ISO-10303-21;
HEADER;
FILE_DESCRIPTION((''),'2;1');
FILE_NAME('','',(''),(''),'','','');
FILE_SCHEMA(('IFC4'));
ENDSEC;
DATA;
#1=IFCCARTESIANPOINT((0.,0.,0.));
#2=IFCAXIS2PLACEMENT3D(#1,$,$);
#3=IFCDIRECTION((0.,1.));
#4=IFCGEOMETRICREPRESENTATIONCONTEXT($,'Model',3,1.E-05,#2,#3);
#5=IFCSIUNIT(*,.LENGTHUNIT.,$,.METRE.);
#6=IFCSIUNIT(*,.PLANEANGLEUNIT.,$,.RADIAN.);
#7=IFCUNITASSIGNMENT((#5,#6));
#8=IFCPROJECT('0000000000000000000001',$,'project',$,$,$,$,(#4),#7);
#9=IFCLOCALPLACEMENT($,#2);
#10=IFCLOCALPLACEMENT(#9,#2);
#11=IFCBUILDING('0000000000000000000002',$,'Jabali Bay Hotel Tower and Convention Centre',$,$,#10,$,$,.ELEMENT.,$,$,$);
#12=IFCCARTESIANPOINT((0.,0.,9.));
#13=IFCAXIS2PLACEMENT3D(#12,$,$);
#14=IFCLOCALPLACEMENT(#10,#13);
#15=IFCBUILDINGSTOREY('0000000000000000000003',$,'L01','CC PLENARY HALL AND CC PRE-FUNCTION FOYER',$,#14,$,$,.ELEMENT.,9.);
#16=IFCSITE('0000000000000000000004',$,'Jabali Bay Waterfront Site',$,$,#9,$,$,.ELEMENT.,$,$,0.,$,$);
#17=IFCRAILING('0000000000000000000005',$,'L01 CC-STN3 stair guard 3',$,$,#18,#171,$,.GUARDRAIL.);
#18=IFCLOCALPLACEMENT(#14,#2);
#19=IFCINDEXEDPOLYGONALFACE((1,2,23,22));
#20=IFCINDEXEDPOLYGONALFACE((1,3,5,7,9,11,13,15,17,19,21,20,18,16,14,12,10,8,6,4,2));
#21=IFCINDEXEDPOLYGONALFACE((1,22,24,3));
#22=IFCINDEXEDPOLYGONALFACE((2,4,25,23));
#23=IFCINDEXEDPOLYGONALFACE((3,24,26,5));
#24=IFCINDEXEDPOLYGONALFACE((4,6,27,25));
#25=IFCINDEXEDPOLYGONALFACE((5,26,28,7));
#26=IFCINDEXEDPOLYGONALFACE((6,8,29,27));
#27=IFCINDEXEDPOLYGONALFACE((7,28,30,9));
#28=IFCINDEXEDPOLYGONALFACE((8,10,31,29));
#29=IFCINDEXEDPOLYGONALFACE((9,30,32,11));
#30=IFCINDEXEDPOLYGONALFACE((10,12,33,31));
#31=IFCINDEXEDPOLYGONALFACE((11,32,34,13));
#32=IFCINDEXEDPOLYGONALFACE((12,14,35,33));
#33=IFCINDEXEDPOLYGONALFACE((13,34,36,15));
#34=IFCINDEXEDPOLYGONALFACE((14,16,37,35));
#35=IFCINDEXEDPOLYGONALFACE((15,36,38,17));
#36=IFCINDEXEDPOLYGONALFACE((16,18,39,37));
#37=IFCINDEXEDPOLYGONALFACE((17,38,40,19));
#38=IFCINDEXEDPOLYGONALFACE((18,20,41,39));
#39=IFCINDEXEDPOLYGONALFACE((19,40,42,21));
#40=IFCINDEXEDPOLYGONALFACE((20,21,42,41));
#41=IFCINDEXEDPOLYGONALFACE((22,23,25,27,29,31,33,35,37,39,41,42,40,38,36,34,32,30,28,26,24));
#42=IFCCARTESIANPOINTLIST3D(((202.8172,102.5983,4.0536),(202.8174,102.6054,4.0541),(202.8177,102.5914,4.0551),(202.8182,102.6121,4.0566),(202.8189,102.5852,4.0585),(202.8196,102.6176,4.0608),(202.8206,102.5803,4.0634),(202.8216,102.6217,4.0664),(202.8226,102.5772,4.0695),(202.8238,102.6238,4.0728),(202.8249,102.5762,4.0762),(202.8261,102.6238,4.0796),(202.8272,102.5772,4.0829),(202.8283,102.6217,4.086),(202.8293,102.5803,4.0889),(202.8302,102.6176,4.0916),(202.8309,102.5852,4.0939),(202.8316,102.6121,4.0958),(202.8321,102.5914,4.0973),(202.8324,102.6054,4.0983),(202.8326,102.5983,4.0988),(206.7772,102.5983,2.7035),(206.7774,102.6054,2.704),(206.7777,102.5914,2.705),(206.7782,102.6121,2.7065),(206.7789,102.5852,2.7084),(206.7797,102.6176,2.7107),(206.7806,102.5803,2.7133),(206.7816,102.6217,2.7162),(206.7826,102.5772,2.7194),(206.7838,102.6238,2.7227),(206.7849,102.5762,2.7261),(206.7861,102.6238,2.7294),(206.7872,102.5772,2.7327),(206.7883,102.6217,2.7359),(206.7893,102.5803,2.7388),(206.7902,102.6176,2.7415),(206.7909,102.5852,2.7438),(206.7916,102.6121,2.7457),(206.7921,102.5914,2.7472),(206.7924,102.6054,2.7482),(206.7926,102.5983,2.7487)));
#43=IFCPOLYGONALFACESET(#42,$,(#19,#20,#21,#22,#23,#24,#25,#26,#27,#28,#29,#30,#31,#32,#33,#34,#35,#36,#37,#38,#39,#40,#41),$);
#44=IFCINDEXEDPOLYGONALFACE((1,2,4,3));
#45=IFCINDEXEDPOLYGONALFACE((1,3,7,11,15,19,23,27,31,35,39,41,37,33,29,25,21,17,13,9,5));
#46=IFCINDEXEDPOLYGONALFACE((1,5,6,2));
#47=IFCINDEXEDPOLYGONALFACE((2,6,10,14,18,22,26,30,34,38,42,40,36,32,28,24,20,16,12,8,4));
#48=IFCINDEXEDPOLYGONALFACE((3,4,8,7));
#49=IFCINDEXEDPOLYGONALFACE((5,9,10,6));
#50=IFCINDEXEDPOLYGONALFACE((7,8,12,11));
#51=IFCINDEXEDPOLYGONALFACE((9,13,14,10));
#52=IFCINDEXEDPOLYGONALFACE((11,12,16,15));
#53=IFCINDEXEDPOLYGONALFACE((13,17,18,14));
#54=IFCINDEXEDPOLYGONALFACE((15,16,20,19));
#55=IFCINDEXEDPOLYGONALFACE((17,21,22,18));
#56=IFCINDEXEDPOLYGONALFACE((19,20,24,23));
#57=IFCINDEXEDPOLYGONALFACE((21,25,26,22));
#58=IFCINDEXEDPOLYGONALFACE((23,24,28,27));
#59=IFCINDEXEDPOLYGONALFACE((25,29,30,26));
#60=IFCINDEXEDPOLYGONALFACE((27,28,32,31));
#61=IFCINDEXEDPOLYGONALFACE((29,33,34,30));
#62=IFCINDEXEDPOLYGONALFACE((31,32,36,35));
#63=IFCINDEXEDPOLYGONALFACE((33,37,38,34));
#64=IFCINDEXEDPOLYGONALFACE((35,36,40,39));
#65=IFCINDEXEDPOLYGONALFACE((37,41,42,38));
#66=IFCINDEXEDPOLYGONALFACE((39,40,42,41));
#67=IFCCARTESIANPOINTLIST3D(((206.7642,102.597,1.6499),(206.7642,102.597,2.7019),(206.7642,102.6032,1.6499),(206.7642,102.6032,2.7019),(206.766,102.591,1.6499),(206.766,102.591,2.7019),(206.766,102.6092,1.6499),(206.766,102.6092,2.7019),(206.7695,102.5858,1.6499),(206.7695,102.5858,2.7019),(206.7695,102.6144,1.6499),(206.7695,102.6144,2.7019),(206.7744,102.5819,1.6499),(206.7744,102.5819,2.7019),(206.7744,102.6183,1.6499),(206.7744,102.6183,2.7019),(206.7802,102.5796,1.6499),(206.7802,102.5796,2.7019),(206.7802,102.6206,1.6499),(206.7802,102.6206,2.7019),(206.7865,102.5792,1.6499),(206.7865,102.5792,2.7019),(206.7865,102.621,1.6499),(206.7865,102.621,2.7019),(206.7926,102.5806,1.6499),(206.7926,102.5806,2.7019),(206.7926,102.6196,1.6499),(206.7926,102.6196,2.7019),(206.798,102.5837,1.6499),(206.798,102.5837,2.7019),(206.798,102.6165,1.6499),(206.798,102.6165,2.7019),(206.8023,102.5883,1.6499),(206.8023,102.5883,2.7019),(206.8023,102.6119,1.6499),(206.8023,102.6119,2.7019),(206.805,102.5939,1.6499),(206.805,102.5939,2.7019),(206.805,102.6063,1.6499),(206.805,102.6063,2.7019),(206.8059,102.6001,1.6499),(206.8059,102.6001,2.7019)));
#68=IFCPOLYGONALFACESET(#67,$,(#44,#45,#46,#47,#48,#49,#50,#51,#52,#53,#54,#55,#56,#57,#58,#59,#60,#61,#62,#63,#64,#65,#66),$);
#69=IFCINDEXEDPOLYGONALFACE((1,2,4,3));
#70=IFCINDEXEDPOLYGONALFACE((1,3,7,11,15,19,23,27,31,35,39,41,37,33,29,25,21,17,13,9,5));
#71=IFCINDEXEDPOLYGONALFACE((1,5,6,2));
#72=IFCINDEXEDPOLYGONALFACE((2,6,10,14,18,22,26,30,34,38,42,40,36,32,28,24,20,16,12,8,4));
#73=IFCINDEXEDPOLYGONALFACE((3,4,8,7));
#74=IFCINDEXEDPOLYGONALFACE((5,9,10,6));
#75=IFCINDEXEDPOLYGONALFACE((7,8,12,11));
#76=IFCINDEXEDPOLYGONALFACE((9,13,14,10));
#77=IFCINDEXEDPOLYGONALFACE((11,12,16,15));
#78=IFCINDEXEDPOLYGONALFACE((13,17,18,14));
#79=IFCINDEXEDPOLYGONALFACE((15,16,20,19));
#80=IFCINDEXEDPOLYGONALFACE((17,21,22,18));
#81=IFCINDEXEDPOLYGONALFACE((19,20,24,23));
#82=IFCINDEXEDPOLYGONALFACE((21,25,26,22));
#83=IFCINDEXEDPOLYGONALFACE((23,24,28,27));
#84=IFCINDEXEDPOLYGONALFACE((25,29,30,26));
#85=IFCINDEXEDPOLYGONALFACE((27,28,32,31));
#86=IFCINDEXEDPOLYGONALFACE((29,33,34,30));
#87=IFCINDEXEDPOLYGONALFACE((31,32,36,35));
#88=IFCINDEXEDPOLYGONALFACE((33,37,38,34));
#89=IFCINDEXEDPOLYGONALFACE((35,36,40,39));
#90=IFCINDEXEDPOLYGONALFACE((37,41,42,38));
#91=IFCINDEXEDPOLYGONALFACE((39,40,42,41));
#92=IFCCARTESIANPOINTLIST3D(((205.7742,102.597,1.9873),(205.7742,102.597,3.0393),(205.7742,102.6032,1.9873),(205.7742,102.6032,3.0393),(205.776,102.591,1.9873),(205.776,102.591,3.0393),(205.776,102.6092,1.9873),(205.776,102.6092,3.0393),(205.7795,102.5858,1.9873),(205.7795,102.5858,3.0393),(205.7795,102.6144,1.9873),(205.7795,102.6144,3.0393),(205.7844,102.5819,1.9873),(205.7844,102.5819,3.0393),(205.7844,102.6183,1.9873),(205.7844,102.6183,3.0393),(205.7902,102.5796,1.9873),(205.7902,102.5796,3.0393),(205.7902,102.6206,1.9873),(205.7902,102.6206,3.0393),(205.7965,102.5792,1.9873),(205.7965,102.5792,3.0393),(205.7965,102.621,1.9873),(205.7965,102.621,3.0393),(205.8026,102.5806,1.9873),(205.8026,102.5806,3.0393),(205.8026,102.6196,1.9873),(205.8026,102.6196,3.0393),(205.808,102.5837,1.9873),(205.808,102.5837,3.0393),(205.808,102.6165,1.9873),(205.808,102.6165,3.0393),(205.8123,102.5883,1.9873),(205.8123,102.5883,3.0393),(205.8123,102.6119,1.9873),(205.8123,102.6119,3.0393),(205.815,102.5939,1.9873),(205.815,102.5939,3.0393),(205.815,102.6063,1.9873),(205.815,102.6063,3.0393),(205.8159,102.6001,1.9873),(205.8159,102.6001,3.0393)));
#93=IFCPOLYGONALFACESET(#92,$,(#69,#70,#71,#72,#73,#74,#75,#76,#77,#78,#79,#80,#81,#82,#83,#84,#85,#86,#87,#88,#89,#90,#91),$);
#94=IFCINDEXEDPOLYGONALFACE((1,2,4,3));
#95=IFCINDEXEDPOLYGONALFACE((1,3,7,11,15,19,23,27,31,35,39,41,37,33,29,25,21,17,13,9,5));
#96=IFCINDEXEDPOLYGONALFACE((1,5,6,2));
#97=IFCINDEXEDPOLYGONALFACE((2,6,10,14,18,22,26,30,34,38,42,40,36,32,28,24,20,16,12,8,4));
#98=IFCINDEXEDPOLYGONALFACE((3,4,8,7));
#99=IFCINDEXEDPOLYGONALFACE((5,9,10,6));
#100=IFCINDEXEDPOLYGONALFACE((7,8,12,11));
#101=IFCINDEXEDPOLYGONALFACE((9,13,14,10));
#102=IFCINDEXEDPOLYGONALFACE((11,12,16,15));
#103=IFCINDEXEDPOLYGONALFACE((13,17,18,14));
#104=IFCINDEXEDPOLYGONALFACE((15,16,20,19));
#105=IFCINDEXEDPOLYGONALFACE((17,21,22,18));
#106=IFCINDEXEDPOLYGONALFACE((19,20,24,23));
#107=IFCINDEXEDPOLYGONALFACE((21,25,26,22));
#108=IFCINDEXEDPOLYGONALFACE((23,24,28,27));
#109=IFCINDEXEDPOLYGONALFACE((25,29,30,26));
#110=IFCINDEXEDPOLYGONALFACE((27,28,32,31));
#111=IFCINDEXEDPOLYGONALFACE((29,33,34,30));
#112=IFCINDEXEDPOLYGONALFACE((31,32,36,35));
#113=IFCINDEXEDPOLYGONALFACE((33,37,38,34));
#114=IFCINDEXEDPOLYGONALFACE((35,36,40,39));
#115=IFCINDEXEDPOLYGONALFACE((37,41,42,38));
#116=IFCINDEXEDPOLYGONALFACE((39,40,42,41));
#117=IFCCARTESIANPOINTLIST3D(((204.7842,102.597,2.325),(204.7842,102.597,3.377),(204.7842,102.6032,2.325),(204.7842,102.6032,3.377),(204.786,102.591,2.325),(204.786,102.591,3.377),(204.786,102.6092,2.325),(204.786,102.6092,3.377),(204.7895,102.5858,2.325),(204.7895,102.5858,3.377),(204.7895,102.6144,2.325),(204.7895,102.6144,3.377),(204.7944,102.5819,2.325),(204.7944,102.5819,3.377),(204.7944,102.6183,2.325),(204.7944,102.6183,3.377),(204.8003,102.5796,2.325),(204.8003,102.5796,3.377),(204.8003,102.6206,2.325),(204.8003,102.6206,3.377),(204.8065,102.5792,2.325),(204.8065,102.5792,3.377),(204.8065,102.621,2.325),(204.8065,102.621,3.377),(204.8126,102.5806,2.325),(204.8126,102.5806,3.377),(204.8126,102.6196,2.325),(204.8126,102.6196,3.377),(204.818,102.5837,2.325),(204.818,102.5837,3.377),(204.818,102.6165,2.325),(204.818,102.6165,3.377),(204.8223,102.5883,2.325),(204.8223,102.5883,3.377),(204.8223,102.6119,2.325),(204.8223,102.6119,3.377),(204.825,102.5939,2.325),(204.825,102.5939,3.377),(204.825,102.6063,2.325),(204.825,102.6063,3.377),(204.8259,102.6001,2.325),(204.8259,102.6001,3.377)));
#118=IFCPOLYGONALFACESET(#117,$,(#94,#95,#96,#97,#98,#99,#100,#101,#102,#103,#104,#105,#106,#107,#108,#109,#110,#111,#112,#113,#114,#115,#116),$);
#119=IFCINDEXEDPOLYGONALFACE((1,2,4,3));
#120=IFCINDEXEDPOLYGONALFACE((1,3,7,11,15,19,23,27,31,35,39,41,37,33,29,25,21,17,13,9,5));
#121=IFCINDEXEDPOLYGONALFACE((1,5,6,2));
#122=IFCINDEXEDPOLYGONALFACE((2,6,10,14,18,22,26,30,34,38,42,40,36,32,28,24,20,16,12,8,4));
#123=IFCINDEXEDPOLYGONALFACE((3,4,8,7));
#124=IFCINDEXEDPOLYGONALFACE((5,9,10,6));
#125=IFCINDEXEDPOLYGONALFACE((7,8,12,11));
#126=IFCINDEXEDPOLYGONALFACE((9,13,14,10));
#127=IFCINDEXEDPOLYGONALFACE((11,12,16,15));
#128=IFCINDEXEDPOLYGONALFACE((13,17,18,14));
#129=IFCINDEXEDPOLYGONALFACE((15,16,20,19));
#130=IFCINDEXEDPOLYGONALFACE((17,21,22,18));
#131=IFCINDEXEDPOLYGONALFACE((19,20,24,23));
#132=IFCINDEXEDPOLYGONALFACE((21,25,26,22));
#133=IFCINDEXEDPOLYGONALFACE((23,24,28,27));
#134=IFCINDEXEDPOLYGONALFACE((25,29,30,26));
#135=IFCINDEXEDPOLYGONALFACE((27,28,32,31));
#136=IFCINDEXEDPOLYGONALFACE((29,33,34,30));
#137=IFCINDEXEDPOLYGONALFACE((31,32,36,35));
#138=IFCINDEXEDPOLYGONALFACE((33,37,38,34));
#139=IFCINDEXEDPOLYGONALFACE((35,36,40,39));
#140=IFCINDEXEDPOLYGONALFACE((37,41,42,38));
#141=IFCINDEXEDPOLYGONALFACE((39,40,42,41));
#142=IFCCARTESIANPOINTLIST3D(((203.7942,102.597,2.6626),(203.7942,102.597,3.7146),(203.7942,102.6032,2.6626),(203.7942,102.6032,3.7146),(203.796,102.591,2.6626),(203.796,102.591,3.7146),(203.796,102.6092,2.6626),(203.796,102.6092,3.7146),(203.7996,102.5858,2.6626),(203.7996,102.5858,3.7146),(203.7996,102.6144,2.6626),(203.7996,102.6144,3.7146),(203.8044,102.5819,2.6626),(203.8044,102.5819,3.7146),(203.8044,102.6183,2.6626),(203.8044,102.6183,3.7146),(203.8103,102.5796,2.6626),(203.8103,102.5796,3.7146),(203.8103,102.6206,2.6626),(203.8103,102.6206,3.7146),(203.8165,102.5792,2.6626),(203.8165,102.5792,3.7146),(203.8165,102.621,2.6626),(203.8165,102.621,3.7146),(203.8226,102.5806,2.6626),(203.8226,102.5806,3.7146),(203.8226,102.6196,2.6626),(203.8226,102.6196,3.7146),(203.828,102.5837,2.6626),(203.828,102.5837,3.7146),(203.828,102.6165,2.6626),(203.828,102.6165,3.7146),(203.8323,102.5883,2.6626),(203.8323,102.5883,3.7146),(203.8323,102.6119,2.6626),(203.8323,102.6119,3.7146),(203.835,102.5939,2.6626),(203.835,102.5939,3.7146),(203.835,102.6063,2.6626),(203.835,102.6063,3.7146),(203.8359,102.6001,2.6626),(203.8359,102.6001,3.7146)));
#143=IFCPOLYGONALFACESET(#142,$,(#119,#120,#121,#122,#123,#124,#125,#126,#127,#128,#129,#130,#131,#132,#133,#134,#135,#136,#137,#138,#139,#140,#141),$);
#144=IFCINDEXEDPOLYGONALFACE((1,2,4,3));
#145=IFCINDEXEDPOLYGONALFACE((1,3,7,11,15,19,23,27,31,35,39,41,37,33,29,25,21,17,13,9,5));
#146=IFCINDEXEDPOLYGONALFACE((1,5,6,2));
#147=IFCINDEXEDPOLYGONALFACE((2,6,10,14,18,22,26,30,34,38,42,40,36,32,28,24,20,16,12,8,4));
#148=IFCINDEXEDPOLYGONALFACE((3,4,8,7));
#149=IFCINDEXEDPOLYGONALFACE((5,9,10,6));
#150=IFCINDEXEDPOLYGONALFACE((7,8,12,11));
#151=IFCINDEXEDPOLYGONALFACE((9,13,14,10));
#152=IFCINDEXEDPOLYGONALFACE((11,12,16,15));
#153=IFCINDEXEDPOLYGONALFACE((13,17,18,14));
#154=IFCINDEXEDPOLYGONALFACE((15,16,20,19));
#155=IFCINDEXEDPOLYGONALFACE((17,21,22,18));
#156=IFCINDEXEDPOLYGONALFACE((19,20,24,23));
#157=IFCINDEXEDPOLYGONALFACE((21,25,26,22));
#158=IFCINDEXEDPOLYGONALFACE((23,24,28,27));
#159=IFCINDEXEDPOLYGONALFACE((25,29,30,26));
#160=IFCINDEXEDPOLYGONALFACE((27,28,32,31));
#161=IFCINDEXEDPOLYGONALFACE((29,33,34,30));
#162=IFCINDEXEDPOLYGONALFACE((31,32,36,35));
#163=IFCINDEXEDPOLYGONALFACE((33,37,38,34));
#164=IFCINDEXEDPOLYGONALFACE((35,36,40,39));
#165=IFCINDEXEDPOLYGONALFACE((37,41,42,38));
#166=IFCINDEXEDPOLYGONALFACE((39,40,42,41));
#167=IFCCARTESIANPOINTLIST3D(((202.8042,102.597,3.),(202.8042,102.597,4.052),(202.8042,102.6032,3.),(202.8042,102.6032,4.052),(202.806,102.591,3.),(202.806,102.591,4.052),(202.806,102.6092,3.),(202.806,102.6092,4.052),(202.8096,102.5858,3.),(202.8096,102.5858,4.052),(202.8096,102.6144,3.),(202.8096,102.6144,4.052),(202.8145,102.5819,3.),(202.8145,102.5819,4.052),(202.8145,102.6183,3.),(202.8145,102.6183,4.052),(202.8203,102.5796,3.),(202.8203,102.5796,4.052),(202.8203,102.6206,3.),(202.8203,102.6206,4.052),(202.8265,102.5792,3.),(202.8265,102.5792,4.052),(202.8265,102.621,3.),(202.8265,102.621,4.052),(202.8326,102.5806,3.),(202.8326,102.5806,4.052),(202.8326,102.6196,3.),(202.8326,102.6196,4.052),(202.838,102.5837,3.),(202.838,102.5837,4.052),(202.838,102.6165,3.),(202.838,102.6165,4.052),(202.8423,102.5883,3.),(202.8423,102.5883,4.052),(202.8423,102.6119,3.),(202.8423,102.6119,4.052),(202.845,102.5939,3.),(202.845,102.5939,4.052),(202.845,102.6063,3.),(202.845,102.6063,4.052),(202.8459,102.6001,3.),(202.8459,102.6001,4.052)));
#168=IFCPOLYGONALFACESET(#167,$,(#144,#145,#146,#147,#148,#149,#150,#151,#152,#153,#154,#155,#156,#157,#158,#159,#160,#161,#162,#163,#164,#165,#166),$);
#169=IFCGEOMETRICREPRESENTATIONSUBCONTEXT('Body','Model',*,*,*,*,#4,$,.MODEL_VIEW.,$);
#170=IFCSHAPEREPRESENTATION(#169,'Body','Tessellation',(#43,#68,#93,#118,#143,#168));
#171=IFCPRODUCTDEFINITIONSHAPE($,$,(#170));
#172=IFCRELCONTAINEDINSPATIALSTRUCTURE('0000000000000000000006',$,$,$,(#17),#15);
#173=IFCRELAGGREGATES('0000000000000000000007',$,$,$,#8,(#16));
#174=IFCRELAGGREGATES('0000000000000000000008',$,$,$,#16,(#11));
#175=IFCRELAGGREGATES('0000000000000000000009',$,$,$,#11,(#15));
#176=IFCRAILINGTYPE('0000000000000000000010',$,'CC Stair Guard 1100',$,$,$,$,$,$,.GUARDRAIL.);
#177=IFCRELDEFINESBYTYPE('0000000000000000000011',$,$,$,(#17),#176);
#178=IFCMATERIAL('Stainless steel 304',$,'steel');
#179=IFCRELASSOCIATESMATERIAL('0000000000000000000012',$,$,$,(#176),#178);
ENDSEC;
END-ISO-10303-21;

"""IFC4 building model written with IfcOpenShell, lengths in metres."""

from ifc_helpers import new_model, si_unit, direction, frame, origin, origin_2d, place, context, subcontext, project, spatial, circle, extrude, material, type_object, element, save


model = new_model("IFC4")

# Units and contexts
model_context = context("Model", 3, precision=1e-05, world=origin(), true_north=direction((0.0, 1.0)))
body_context = subcontext(model_context, "Body", "Model", "MODEL_VIEW")
ifc_project = project(units=[si_unit("LENGTHUNIT", "METRE"), si_unit("PLANEANGLEUNIT", "RADIAN")], contexts=[model_context])

# Site, building, storey
site_placement = place(None, origin())
site = spatial("IfcSite", under=ifc_project, at=site_placement, Name="Jabali Bay Waterfront Site", CompositionType="ELEMENT", RefElevation=0.0)
building_placement = place(site_placement, origin())
building = spatial("IfcBuilding", under=site, at=building_placement, Name="Jabali Bay Hotel Tower and Convention Centre", CompositionType="ELEMENT")
storey_placement = place(building_placement, frame((0.0, 0.0, 9.0)))
storey = spatial("IfcBuildingStorey", under=building, at=storey_placement, Name="L01", Description="CC PLENARY HALL AND CC PRE-FUNCTION FOYER", CompositionType="ELEMENT", Elevation=9.0)

# Railing
ifc_material_1 = material(Name="Stainless steel 304", Category="steel")
railing_type_1 = type_object("IfcRailingType", Name="CC Stair Guard 1100", PredefinedType="GUARDRAIL", material=ifc_material_1)
railing_1_placement = place(storey_placement, frame((206.7849, 102.6001, 1.6499)))
element("IfcRailing", 1, at=railing_1_placement, inside=storey, type_object=railing_type_1, Name="L01 CC-STN3 stair guard 3", PredefinedType="GUARDRAIL", context=body_context, shape_type="SweptSolid", body=[
    extrude(circle(Radius=0.0239, at=origin_2d()), frame((0.0, 0.0, 1.0762), z_axis=(-0.946502, 0.0, 0.322698), x_axis=(0.0, -1.0, 0.0)), (0.0, 0.0, 1.0), 4.1838),
    extrude(circle(Radius=0.021, at=origin_2d()), origin(), (0.0, 0.0, 1.0), 1.052),
    extrude(circle(Radius=0.021, at=origin_2d()), frame((-0.99, 0.0, 0.3374)), (0.0, 0.0, 1.0), 1.052),
    extrude(circle(Radius=0.021, at=origin_2d()), frame((-1.98, 0.0, 0.675)), (0.0, 0.0, 1.0), 1.052),
    extrude(circle(Radius=0.021, at=origin_2d()), frame((-2.97, 0.0, 1.0127)), (0.0, 0.0, 1.0), 1.052),
    extrude(circle(Radius=0.021, at=origin_2d()), frame((-3.96, 0.0, 1.3501)), (0.0, 0.0, 1.0), 1.052),
])

save(model, "model.ifc")
